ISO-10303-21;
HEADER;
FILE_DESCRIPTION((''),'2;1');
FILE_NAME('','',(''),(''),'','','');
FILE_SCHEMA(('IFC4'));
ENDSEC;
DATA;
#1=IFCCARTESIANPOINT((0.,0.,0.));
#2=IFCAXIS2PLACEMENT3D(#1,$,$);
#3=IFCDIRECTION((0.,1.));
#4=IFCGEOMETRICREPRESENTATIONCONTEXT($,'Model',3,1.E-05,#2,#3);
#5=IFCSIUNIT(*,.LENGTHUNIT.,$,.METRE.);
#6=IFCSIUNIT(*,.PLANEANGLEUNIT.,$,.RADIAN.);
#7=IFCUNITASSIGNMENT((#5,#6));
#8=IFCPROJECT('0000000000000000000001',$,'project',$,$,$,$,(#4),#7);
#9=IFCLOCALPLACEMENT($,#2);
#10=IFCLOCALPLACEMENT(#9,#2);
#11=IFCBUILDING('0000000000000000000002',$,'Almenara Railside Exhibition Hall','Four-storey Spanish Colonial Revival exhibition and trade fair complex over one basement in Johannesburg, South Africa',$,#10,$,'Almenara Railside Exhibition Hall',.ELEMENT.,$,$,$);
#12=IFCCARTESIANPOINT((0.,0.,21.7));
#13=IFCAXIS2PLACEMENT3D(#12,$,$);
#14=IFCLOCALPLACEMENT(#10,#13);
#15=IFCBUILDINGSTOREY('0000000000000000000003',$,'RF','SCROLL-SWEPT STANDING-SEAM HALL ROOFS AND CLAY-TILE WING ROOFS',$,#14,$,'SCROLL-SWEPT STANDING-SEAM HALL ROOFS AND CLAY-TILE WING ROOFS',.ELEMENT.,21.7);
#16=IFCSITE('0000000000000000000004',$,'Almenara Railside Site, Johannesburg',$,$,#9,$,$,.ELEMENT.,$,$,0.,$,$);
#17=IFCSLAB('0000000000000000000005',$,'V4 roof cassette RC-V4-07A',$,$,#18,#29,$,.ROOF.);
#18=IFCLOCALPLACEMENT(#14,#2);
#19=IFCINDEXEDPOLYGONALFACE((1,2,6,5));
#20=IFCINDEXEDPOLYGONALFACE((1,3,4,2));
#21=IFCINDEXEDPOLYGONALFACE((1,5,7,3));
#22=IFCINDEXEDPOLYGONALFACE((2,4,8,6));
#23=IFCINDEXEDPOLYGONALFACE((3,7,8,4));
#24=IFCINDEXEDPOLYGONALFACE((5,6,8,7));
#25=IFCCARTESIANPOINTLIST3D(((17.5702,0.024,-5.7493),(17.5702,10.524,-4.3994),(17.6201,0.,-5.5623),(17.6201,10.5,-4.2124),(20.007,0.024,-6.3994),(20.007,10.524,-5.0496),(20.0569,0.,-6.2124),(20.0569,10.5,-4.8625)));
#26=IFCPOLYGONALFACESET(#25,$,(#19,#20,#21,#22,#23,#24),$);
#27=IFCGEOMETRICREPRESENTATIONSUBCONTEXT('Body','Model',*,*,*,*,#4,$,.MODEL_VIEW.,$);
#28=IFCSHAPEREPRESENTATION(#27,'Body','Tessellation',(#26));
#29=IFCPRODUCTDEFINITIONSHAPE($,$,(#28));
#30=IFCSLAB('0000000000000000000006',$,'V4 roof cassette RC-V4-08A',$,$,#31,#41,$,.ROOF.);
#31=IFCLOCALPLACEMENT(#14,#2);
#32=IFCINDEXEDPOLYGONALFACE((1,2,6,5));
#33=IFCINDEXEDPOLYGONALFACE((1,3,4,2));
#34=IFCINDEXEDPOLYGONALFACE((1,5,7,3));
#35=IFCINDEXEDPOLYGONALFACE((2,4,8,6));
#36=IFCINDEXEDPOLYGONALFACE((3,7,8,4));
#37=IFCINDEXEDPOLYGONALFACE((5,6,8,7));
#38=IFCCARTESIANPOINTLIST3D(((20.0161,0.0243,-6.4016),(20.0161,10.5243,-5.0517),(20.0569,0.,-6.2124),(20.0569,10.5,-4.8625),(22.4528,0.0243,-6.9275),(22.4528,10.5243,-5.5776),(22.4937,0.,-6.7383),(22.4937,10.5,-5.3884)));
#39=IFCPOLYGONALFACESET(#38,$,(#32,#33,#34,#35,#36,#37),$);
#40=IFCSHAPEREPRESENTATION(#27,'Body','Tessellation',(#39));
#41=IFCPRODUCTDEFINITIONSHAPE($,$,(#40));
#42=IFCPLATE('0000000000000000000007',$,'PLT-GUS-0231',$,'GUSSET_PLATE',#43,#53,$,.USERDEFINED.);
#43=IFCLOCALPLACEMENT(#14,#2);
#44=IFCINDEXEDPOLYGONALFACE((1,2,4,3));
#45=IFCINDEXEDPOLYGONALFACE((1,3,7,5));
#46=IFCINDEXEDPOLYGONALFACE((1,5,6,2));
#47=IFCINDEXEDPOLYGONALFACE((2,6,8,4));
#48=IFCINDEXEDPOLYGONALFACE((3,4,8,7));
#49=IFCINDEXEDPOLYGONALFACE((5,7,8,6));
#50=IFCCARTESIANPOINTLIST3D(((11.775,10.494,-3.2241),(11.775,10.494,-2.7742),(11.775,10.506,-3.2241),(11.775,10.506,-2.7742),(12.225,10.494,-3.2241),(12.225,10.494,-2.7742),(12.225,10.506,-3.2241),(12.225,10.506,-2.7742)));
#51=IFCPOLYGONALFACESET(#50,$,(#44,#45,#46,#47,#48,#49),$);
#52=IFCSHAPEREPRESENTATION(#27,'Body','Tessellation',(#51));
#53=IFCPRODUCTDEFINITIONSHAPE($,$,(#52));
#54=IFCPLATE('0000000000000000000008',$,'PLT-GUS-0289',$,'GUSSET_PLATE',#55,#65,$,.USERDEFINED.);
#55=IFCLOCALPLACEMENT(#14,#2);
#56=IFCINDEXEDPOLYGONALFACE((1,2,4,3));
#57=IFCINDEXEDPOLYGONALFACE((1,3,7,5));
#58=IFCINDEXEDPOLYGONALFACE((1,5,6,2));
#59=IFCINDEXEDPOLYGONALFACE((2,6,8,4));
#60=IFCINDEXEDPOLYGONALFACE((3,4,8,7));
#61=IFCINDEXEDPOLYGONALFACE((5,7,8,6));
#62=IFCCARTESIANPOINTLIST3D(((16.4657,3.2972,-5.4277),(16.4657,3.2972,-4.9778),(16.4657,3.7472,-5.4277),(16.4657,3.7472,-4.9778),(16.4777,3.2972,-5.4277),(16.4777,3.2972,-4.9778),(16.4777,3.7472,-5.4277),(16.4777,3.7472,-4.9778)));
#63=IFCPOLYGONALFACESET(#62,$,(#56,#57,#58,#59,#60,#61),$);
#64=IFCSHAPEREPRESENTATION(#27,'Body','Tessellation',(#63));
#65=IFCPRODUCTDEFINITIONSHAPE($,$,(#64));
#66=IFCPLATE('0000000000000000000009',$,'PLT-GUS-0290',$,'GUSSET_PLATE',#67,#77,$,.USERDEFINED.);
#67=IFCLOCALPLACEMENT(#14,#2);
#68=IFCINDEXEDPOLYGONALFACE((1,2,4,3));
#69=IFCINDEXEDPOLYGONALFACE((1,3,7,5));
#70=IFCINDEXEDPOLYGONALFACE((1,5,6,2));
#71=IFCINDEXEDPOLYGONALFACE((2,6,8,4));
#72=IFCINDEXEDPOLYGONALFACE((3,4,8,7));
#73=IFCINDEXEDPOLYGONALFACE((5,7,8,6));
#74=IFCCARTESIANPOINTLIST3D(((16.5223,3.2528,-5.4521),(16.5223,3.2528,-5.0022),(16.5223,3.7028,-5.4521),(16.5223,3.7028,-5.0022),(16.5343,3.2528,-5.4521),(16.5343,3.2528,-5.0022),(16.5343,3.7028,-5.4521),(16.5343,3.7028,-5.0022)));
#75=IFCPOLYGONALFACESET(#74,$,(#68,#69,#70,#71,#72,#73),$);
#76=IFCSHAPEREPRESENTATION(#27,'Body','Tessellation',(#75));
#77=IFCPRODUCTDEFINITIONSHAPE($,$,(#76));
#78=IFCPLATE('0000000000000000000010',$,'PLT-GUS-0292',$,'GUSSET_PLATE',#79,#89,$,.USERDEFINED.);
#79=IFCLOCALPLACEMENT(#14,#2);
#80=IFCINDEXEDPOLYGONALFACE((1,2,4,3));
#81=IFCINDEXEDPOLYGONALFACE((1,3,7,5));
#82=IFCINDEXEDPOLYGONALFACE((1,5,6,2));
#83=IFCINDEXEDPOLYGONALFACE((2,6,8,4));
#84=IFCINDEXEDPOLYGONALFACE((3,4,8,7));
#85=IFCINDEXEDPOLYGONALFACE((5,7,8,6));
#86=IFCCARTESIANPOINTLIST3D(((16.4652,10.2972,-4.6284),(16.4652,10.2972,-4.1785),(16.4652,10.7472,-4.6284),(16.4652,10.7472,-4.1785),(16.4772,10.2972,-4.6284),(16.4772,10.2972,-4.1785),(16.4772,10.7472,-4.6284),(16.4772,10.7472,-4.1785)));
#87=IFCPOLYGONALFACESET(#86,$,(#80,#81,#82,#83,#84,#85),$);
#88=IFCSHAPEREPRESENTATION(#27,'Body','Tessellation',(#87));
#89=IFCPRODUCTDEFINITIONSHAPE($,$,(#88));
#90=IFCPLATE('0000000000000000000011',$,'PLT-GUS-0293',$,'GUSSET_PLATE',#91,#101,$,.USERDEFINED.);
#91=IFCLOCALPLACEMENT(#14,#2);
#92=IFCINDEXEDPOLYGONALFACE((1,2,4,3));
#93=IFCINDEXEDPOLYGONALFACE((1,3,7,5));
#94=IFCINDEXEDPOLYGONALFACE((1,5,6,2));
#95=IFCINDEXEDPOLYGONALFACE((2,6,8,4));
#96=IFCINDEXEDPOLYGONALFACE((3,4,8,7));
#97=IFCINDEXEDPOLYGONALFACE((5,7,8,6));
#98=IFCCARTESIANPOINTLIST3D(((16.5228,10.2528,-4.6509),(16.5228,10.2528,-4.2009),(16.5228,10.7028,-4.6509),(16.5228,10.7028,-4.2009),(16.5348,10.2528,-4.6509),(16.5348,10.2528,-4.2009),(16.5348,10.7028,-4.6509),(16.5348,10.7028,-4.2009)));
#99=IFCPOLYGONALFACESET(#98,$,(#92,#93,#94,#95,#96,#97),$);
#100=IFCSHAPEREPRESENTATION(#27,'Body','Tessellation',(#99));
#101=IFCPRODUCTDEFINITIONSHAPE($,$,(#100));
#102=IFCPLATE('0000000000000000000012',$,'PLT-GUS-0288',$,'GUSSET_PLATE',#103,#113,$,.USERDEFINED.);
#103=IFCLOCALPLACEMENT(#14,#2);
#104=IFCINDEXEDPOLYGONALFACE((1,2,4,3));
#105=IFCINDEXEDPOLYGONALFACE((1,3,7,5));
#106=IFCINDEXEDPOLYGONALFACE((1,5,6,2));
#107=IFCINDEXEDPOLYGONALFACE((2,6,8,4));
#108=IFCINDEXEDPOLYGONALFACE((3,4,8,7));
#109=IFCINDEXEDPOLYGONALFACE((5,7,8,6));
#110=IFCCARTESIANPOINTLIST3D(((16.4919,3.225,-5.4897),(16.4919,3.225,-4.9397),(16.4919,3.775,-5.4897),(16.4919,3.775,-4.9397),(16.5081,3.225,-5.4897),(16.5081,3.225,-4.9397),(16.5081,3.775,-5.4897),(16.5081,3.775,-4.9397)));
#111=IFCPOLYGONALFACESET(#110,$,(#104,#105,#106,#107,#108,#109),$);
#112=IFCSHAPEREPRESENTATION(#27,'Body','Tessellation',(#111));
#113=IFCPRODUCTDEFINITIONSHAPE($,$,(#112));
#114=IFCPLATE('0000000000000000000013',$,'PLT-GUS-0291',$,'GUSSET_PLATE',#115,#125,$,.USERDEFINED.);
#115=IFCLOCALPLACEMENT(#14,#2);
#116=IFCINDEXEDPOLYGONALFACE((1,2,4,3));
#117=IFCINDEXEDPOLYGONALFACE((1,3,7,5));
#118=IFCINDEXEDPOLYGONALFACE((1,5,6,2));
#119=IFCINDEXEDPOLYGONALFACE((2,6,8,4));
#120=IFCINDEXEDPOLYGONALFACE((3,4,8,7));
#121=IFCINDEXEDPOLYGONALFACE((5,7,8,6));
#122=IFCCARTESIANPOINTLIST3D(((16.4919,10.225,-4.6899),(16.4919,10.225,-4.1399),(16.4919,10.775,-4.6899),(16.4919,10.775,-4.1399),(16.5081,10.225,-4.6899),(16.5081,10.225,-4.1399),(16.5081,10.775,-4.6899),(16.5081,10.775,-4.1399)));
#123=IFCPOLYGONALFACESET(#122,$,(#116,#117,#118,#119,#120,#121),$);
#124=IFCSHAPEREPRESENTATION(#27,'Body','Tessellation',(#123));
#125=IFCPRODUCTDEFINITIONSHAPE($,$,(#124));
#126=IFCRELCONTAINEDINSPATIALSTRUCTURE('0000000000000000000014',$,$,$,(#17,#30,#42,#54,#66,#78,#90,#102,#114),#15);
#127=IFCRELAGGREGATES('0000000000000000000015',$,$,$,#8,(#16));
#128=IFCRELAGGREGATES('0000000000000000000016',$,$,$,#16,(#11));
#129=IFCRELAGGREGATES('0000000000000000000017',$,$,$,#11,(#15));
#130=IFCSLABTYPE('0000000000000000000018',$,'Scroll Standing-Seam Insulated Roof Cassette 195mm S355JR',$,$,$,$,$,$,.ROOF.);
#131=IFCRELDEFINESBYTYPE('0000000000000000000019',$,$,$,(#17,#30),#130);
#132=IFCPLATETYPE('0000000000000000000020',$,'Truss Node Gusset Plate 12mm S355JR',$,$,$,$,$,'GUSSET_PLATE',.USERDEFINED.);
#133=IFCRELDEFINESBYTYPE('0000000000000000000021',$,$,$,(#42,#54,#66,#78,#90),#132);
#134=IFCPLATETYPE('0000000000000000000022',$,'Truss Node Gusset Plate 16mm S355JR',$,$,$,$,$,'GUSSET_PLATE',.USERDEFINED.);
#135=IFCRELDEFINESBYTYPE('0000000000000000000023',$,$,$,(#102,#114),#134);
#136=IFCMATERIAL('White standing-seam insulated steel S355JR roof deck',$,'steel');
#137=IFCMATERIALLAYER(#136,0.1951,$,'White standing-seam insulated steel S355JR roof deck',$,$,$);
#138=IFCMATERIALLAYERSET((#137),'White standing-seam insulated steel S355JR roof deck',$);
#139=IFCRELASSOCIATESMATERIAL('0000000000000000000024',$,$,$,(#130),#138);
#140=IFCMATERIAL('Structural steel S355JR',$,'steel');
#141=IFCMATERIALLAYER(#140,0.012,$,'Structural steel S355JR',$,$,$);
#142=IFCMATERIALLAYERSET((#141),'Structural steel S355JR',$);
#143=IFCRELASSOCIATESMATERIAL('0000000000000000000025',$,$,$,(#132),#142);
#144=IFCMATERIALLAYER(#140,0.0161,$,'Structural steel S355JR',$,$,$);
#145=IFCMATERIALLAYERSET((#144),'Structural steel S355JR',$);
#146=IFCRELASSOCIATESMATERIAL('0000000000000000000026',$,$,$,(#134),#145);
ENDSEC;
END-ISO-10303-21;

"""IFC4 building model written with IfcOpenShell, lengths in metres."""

from ifc_helpers import new_model, si_unit, direction, frame, origin, origin_2d, place, context, subcontext, project, spatial, polyline, rectangle, outline, extrude, material, layer, layer_set, type_object, element, save


model = new_model("IFC4")

# Units and contexts
model_context = context("Model", 3, precision=1e-05, world=origin(), true_north=direction((0.0, 1.0)))
body_context = subcontext(model_context, "Body", "Model", "MODEL_VIEW")
ifc_project = project(units=[si_unit("LENGTHUNIT", "METRE"), si_unit("PLANEANGLEUNIT", "RADIAN")], contexts=[model_context])

# Site, building, storey
site_placement = place(None, origin())
site = spatial("IfcSite", under=ifc_project, at=site_placement, Name="Almenara Railside Site, Johannesburg", CompositionType="ELEMENT", RefElevation=0.0)
building_placement = place(site_placement, origin())
building = spatial("IfcBuilding", under=site, at=building_placement, Name="Almenara Railside Exhibition Hall", Description="Four-storey Spanish Colonial Revival exhibition and trade fair complex over one basement in Johannesburg, South Africa", LongName="Almenara Railside Exhibition Hall", CompositionType="ELEMENT")
storey_placement = place(building_placement, frame((0.0, 0.0, 21.7)))
storey = spatial("IfcBuildingStorey", under=building, at=storey_placement, Name="RF", Description="SCROLL-SWEPT STANDING-SEAM HALL ROOFS AND CLAY-TILE WING ROOFS", LongName="SCROLL-SWEPT STANDING-SEAM HALL ROOFS AND CLAY-TILE WING ROOFS", CompositionType="ELEMENT", Elevation=21.7)

# Shared definitions
ifc_material_1 = material(Name="Structural steel S355JR", Category="steel")

# Slabs
ifc_material_2 = material(Name="White standing-seam insulated steel S355JR roof deck", Category="steel")
ifc_layer_1 = layer(ifc_material_2, 0.1951, Name="White standing-seam insulated steel S355JR roof deck")
ifc_layer_set_1 = layer_set([ifc_layer_1], Name="White standing-seam insulated steel S355JR roof deck")
slab_type = type_object("IfcSlabType", Name="Scroll Standing-Seam Insulated Roof Cassette 195mm S355JR", PredefinedType="ROOF", material=ifc_layer_set_1)
slab_1_placement = place(storey_placement, frame((17.6201, 10.5, -4.2124), z_axis=(0.255823, -0.123265, 0.958833), x_axis=(0.966201, 0.0, -0.257789)))
element("IfcSlab", 1, at=slab_1_placement, inside=storey, type_object=slab_type, Name="V4 roof cassette RC-V4-07A", PredefinedType="ROOF", context=body_context, shape_type="SweptSolid", body=[
    extrude(outline(polyline([(0.0, 0.0), (2.522, 0.0), (2.87, -10.5807), (0.348, -10.5807), (0.0, 0.0)])), origin(), (0.0, 0.0, -1.0), 0.1951),
])
slab_2_placement = place(storey_placement, frame((20.0569, 10.5, -4.8625), z_axis=(0.209307, -0.124684, 0.969868), x_axis=(0.977496, 0.0, -0.210953)))
element("IfcSlab", 2, at=slab_2_placement, inside=storey, type_object=slab_type, Name="V4 roof cassette RC-V4-08A", PredefinedType="ROOF", context=body_context, shape_type="SweptSolid", body=[
    extrude(outline(polyline([(0.0, 0.0), (2.4929, 0.0), (2.7776, -10.5826), (0.2848, -10.5826), (0.0, 0.0)])), origin(), (0.0, 0.0, -1.0), 0.1951),
])

# Plates
ifc_layer_2 = layer(ifc_material_1, 0.012, Name="Structural steel S355JR")
ifc_layer_set_2 = layer_set([ifc_layer_2], Name="Structural steel S355JR")
plate_type_1 = type_object("IfcPlateType", Name="Truss Node Gusset Plate 12mm S355JR", ElementType="GUSSET_PLATE", PredefinedType="USERDEFINED", material=ifc_layer_set_2)
for number, where, z_axis, x_axis, name in (
    (3, (12.0, 10.5, -3.2241), (0.0, 0.0, 1.0), (1.0, 0.0, 0.0), "PLT-GUS-0231"),
    (4, (16.4717, 3.5222, -5.4277), (0.0, 0.0, 1.0), (0.0, 1.0, 0.0), "PLT-GUS-0289"),
    (5, (16.5283, 3.4778, -5.4521), (0.0, 0.0, 1.0), (0.0, 1.0, 0.0), "PLT-GUS-0290"),
    (6, (16.4712, 10.5222, -4.6284), (0.0, 0.0, 1.0), (0.0, 1.0, 0.0), "PLT-GUS-0292"),
    (7, (16.5288, 10.4778, -4.6509), (0.0, 0.0, 1.0), (0.0, 1.0, 0.0), "PLT-GUS-0293"),
):
    element("IfcPlate", number, at=place(storey_placement, frame(where, z_axis=z_axis, x_axis=x_axis)), inside=storey, type_object=plate_type_1, Name=name, ObjectType="GUSSET_PLATE", PredefinedType="USERDEFINED", context=body_context, shape_type="SweptSolid", body=[
        extrude(rectangle(XDim=0.45, YDim=0.012, at=origin_2d()), origin(), (0.0, 0.0, 1.0), 0.45),
    ])
ifc_layer_3 = layer(ifc_material_1, 0.0161, Name="Structural steel S355JR")
ifc_layer_set_3 = layer_set([ifc_layer_3], Name="Structural steel S355JR")
plate_type_2 = type_object("IfcPlateType", Name="Truss Node Gusset Plate 16mm S355JR", ElementType="GUSSET_PLATE", PredefinedType="USERDEFINED", material=ifc_layer_set_3)
for number, where, z_axis, x_axis, name in (
    (8, (16.5, 3.5, -5.4897), (0.0, 0.0, 1.0), (0.0, 1.0, 0.0), "PLT-GUS-0288"),
    (9, (16.5, 10.5, -4.6899), (0.0, 0.0, 1.0), (0.0, 1.0, 0.0), "PLT-GUS-0291"),
):
    element("IfcPlate", number, at=place(storey_placement, frame(where, z_axis=z_axis, x_axis=x_axis)), inside=storey, type_object=plate_type_2, Name=name, ObjectType="GUSSET_PLATE", PredefinedType="USERDEFINED", context=body_context, shape_type="SweptSolid", body=[
        extrude(rectangle(XDim=0.55, YDim=0.0161, at=origin_2d()), origin(), (0.0, 0.0, 1.0), 0.55),
    ])

save(model, "model.ifc")
